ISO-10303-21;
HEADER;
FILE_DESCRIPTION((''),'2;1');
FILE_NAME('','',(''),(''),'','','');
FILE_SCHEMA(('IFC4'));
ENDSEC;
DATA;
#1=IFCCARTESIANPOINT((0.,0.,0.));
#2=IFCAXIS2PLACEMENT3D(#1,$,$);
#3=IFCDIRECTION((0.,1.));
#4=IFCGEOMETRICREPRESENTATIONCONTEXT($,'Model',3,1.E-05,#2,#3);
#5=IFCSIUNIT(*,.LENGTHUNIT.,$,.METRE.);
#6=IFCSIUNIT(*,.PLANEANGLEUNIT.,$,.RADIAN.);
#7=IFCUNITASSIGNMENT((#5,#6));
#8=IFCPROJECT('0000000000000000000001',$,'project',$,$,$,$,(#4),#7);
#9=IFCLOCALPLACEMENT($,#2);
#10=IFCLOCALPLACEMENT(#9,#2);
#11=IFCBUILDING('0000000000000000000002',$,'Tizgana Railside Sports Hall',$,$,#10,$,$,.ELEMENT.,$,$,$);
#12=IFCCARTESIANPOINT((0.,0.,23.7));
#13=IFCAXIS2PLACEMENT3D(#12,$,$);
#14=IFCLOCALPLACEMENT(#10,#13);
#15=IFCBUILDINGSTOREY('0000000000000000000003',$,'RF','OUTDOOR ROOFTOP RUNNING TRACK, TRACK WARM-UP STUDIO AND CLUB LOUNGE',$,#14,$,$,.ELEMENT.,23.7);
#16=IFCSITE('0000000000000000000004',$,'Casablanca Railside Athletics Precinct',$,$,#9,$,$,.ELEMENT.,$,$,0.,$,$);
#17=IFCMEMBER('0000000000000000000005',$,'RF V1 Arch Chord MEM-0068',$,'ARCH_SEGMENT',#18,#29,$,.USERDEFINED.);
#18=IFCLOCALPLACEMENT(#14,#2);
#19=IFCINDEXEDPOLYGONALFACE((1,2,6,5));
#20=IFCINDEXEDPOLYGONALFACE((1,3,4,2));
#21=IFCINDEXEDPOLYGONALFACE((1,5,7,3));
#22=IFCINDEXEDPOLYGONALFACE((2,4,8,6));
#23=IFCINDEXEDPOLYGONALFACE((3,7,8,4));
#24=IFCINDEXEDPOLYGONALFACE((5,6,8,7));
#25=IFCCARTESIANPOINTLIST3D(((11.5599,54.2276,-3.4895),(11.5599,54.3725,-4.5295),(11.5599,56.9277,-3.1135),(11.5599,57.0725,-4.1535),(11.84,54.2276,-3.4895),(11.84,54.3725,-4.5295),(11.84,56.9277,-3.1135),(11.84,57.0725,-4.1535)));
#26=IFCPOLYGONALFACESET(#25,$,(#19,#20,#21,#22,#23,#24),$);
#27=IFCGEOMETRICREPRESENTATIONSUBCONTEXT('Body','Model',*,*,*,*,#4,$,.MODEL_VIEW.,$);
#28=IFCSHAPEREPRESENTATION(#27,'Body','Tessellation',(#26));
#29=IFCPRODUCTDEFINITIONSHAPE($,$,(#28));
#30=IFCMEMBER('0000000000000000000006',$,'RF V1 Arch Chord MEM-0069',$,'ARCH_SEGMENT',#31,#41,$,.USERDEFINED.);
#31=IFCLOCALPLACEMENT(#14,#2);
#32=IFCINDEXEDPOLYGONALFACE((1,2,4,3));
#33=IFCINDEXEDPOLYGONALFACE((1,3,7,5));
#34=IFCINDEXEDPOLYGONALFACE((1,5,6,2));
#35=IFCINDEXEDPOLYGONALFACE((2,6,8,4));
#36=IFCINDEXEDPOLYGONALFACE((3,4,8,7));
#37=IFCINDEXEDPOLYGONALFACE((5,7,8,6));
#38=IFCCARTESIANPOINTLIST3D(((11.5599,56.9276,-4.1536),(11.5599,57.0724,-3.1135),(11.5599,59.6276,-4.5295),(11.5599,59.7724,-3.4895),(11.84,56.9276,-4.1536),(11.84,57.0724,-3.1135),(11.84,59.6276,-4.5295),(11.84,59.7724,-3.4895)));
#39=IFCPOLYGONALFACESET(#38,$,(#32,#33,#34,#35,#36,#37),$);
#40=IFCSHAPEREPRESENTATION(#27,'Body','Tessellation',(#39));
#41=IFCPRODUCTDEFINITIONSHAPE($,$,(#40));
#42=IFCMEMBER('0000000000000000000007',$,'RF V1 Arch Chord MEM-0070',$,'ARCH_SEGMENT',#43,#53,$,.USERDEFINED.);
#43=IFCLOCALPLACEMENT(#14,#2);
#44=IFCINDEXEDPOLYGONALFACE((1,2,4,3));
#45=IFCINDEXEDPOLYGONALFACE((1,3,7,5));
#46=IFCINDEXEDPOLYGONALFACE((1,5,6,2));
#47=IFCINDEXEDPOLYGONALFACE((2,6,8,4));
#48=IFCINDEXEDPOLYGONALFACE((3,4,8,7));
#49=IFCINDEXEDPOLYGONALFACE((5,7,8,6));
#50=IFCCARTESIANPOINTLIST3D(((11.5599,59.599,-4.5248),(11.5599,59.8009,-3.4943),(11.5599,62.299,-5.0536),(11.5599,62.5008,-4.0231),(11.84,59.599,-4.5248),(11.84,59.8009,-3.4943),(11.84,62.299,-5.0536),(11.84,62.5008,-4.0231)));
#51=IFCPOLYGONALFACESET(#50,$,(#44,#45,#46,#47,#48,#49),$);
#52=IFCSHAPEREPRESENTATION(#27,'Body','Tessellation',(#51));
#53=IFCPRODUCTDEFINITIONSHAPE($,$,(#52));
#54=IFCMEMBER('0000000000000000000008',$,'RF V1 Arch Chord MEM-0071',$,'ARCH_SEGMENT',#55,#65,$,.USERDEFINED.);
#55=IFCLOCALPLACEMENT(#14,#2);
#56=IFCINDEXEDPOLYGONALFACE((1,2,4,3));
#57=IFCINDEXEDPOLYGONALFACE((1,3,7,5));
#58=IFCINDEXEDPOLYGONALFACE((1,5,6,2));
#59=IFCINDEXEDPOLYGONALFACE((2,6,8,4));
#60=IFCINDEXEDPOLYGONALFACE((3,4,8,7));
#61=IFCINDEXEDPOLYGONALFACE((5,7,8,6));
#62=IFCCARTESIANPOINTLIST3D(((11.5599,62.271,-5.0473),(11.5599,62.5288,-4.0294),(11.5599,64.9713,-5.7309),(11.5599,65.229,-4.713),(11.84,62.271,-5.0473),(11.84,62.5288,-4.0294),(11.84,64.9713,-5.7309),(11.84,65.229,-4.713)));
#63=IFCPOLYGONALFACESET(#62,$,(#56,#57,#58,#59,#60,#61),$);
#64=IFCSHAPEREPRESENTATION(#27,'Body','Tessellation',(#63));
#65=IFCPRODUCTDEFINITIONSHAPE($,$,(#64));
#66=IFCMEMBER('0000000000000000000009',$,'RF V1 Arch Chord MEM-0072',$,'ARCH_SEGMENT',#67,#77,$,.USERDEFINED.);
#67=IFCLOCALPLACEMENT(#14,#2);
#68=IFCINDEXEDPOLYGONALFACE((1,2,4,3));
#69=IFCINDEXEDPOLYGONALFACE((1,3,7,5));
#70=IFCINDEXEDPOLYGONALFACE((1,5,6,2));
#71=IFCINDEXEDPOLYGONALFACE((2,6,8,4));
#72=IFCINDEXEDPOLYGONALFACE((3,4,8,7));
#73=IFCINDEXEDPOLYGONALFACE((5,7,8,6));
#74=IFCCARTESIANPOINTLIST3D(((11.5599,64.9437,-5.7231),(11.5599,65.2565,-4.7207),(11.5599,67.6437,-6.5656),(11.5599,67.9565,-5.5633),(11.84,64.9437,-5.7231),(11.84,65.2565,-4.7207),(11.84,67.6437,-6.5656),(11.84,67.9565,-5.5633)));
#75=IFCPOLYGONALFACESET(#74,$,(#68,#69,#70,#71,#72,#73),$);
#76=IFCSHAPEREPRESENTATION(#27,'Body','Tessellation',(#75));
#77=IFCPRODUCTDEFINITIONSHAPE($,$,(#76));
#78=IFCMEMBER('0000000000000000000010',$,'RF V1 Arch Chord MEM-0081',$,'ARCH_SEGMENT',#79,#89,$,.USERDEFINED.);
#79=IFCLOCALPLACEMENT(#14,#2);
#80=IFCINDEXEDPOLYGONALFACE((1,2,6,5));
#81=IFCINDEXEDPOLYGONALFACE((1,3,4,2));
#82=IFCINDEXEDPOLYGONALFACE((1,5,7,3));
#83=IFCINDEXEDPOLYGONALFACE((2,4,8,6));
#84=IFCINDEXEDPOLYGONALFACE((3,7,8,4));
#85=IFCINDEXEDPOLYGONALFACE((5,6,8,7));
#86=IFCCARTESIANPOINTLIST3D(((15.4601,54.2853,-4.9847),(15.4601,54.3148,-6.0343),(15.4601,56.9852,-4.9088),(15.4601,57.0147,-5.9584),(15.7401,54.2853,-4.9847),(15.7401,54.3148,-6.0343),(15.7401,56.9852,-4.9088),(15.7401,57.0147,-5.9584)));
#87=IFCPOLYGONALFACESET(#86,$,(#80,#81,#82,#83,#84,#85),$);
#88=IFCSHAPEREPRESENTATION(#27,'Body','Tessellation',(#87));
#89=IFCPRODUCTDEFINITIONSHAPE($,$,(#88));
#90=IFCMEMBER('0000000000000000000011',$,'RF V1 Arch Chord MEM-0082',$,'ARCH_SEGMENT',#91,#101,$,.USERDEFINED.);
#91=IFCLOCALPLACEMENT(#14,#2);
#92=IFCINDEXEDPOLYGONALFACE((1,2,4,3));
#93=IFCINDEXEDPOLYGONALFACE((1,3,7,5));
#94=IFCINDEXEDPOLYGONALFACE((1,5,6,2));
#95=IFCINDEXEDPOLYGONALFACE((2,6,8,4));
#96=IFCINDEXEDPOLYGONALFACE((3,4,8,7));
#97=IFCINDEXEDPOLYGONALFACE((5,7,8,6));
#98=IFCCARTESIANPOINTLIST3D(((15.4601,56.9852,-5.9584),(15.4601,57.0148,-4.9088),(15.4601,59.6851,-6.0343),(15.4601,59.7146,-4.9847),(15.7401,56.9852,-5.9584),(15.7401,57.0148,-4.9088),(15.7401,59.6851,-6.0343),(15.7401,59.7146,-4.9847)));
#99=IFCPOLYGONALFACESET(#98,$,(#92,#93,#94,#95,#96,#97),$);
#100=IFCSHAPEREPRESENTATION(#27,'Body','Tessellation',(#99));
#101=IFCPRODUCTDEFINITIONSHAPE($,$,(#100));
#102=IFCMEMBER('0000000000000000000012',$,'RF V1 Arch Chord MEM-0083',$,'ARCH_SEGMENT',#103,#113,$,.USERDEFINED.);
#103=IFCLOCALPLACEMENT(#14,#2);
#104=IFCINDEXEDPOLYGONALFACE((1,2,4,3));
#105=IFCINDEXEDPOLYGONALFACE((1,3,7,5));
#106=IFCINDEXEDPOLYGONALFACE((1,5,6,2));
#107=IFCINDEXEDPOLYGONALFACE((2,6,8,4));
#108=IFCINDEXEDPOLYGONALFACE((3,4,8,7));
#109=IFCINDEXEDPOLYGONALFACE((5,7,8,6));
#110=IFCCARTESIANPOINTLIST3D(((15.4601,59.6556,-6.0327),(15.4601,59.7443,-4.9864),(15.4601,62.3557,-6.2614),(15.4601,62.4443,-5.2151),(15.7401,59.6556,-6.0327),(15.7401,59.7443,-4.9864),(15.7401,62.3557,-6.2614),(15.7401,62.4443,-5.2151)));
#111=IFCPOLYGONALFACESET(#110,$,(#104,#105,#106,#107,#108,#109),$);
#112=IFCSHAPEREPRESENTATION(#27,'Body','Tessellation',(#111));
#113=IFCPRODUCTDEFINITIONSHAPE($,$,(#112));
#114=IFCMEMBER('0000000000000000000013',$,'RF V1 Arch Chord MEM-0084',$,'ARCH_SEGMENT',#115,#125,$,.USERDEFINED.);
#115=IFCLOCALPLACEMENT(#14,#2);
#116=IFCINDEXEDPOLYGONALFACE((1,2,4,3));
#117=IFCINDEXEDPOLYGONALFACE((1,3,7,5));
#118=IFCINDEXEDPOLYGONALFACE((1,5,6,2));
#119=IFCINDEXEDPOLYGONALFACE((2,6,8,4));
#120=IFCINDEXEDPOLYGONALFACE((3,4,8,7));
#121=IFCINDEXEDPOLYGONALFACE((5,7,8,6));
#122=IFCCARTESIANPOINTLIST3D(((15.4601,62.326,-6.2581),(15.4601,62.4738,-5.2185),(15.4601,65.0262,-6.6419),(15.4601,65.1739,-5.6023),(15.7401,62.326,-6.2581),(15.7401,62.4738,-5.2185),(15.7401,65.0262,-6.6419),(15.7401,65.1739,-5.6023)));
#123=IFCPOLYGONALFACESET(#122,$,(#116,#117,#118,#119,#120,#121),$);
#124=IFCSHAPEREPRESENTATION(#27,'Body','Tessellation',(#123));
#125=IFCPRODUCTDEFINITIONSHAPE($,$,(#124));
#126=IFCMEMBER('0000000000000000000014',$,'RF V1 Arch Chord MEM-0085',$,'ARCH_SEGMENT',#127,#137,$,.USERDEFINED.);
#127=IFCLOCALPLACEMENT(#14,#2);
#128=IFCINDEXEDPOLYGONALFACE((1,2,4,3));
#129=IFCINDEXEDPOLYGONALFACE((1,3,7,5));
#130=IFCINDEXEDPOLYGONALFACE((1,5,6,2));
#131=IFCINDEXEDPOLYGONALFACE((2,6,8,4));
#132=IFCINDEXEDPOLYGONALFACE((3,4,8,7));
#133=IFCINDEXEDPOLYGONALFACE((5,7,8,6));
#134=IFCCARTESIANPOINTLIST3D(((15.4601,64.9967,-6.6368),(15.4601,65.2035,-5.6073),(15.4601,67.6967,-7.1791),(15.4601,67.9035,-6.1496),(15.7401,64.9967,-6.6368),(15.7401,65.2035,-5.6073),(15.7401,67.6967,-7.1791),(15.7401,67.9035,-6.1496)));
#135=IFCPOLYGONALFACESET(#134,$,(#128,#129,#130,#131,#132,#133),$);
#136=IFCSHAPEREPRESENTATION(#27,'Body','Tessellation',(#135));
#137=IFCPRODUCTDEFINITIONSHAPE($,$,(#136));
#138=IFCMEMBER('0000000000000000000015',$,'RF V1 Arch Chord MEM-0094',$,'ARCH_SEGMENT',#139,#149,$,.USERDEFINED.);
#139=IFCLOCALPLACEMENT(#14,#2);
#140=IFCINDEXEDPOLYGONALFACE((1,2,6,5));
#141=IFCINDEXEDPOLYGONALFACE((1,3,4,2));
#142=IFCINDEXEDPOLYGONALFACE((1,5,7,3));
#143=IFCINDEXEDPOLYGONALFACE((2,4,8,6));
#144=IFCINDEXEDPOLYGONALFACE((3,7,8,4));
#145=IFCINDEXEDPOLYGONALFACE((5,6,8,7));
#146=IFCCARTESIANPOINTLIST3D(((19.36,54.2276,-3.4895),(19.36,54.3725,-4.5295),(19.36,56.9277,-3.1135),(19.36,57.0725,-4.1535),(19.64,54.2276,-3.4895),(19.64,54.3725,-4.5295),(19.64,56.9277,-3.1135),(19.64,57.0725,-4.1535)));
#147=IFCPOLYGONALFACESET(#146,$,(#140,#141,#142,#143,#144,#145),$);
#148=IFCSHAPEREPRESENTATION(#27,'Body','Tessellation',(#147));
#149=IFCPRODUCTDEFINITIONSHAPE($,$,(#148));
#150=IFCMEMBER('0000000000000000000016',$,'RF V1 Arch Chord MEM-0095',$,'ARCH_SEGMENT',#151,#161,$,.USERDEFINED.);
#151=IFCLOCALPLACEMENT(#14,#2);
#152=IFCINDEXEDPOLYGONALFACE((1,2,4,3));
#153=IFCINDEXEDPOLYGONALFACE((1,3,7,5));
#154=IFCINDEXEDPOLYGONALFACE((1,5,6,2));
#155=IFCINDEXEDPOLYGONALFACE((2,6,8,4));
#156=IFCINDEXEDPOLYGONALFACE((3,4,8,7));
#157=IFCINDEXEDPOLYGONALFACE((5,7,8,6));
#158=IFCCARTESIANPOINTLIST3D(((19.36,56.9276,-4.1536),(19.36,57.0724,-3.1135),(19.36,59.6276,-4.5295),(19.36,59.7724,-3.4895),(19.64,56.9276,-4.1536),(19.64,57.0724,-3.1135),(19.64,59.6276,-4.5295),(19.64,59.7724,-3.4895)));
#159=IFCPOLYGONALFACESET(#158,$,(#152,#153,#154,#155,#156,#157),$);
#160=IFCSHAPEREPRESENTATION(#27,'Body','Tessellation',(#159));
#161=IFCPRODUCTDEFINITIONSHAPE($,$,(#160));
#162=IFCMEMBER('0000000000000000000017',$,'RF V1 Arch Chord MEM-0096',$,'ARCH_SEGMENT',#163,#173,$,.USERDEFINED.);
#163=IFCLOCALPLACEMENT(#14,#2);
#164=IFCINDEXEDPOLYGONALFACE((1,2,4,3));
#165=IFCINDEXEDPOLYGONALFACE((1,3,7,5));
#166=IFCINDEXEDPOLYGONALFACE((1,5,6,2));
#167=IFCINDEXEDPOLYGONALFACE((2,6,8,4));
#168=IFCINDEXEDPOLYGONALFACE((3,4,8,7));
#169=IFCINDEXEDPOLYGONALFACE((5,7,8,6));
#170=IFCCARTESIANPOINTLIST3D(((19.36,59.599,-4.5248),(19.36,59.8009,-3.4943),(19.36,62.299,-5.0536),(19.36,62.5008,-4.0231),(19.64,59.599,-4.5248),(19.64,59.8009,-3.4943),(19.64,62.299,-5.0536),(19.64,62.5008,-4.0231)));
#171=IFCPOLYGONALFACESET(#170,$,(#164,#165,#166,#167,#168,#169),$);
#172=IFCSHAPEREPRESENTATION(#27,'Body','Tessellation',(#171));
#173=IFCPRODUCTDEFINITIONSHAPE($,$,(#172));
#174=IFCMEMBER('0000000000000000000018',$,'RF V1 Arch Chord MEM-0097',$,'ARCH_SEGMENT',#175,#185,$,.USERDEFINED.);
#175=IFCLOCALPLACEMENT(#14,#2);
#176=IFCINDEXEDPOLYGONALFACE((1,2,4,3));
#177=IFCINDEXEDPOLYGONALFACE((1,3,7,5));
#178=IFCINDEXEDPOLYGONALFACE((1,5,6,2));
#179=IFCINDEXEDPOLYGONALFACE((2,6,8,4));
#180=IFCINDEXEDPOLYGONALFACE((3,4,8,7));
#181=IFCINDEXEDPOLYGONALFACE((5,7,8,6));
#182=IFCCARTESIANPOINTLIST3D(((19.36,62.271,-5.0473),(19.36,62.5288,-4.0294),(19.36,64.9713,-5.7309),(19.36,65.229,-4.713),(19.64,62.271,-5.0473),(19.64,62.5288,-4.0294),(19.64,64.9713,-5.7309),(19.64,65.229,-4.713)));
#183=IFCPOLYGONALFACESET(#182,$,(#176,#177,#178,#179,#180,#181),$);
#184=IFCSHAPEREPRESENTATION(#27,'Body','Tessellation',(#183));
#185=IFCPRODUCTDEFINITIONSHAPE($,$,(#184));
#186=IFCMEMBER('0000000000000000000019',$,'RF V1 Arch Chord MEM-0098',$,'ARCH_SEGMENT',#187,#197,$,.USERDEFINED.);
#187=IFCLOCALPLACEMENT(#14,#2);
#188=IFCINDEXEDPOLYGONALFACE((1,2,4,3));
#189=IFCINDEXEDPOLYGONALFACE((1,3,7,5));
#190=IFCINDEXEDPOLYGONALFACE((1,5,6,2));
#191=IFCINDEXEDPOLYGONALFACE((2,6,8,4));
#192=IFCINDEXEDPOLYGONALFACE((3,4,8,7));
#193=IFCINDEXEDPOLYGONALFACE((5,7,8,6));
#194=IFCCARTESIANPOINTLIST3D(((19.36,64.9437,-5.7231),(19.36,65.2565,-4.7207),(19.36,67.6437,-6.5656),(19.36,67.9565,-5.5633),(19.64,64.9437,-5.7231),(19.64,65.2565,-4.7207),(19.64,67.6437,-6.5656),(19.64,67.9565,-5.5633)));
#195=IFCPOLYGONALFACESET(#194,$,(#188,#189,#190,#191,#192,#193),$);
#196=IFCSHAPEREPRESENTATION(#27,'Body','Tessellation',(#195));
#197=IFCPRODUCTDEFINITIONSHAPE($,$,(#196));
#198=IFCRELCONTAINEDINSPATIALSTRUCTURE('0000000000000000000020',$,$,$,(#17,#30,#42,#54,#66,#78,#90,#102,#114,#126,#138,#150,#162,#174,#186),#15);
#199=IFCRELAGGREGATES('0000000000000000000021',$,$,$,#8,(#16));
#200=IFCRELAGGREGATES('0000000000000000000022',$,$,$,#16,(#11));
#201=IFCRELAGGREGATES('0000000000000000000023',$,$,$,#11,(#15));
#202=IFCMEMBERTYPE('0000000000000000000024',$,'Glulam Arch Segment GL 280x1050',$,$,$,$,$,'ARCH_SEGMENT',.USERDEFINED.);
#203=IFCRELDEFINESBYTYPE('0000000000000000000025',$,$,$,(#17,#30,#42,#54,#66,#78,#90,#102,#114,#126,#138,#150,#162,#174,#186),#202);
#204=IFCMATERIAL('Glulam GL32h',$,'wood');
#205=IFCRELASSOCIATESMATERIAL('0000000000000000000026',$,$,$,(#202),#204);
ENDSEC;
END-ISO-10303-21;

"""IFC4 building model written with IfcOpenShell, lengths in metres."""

from ifc_helpers import new_model, si_unit, direction, frame, origin, origin_2d, place, context, subcontext, project, spatial, rectangle, extrude, material, material_profile, profile_set, type_object, element, save


model = new_model("IFC4")

# Units and contexts
model_context = context("Model", 3, precision=1e-05, world=origin(), true_north=direction((0.0, 1.0)))
body_context = subcontext(model_context, "Body", "Model", "MODEL_VIEW")
ifc_project = project(units=[si_unit("LENGTHUNIT", "METRE"), si_unit("PLANEANGLEUNIT", "RADIAN")], contexts=[model_context])

# Site, building, storey
site_placement = place(None, origin())
site = spatial("IfcSite", under=ifc_project, at=site_placement, Name="Casablanca Railside Athletics Precinct", CompositionType="ELEMENT", RefElevation=0.0)
building_placement = place(site_placement, origin())
building = spatial("IfcBuilding", under=site, at=building_placement, Name="Tizgana Railside Sports Hall", CompositionType="ELEMENT")
storey_placement = place(building_placement, frame((0.0, 0.0, 23.7)))
storey = spatial("IfcBuildingStorey", under=building, at=storey_placement, Name="RF", Description="OUTDOOR ROOFTOP RUNNING TRACK, TRACK WARM-UP STUDIO AND CLUB LOUNGE", CompositionType="ELEMENT", Elevation=23.7)

# Members
ifc_material_1 = material(Name="Glulam GL32h", Category="wood")
ifc_material_profile_1 = material_profile(ifc_material_1, rectangle(XDim=0.28, YDim=1.05, at=origin_2d()), Name="GL 280x1050")
ifc_profile_set_1 = profile_set([ifc_material_profile_1], Name="Glulam GL32h")
member_type_1 = type_object("IfcMemberType", Name="Glulam Arch Segment GL 280x1050", ElementType="ARCH_SEGMENT", PredefinedType="USERDEFINED", material=ifc_profile_set_1)
for number, where, z_axis, x_axis, name in (
    (1, (11.7, 54.3, -4.0095), (0.0, 0.990443, 0.137922), (-1.0, 0.0, 0.0), "RF V1 Arch Chord MEM-0068"),
    (2, (11.7, 57.0, -3.6335), (0.0, 0.990443, -0.137922), (-1.0, 0.0, 0.0), "RF V1 Arch Chord MEM-0069"),
):
    element("IfcMember", number, at=place(storey_placement, frame(where, z_axis=z_axis, x_axis=x_axis)), inside=storey, type_object=member_type_1, Name=name, ObjectType="ARCH_SEGMENT", PredefinedType="USERDEFINED", context=body_context, shape_type="SweptSolid", body=[
        extrude(rectangle(XDim=0.28, YDim=1.05, at=origin_2d()), origin(), (0.0, 0.0, 1.0), 2.7261),
    ])
member_1_placement = place(storey_placement, frame((11.7, 59.7, -4.0095), z_axis=(0.0, 0.981354, -0.192207), x_axis=(-1.0, 0.0, 0.0)))
element("IfcMember", 3, at=member_1_placement, inside=storey, type_object=member_type_1, Name="RF V1 Arch Chord MEM-0070", ObjectType="ARCH_SEGMENT", PredefinedType="USERDEFINED", context=body_context, shape_type="SweptSolid", body=[
    extrude(rectangle(XDim=0.28, YDim=1.05, at=origin_2d()), origin(), (0.0, 0.0, 1.0), 2.7512),
])
member_2_placement = place(storey_placement, frame((11.7, 62.3999, -4.5383), z_axis=(0.0, 0.969416, -0.245422), x_axis=(-1.0, 0.0, 0.0)))
element("IfcMember", 4, at=member_2_placement, inside=storey, type_object=member_type_1, Name="RF V1 Arch Chord MEM-0071", ObjectType="ARCH_SEGMENT", PredefinedType="USERDEFINED", context=body_context, shape_type="SweptSolid", body=[
    extrude(rectangle(XDim=0.28, YDim=1.05, at=origin_2d()), origin(), (0.0, 0.0, 1.0), 2.7854),
])
member_3_placement = place(storey_placement, frame((11.7, 65.1001, -5.2219), z_axis=(0.0, 0.954601, -0.297887), x_axis=(-1.0, 0.0, 0.0)))
element("IfcMember", 5, at=member_3_placement, inside=storey, type_object=member_type_1, Name="RF V1 Arch Chord MEM-0072", ObjectType="ARCH_SEGMENT", PredefinedType="USERDEFINED", context=body_context, shape_type="SweptSolid", body=[
    extrude(rectangle(XDim=0.28, YDim=1.05, at=origin_2d()), origin(), (0.0, 0.0, 1.0), 2.8284),
])
for number, where, z_axis, x_axis, name in (
    (6, (15.6001, 54.3, -5.5095), (0.0, 0.999605, 0.028111), (-1.0, 0.0, 0.0), "RF V1 Arch Chord MEM-0081"),
    (7, (15.6001, 57.0, -5.4336), (0.0, 0.999605, -0.028111), (-1.0, 0.0, 0.0), "RF V1 Arch Chord MEM-0082"),
):
    element("IfcMember", number, at=place(storey_placement, frame(where, z_axis=z_axis, x_axis=x_axis)), inside=storey, type_object=member_type_1, Name=name, ObjectType="ARCH_SEGMENT", PredefinedType="USERDEFINED", context=body_context, shape_type="SweptSolid", body=[
        extrude(rectangle(XDim=0.28, YDim=1.05, at=origin_2d()), origin(), (0.0, 0.0, 1.0), 2.7009),
    ])
member_4_placement = place(storey_placement, frame((15.6001, 59.7, -5.5095), z_axis=(0.0, 0.99643, -0.084425), x_axis=(-1.0, 0.0, 0.0)))
element("IfcMember", 8, at=member_4_placement, inside=storey, type_object=member_type_1, Name="RF V1 Arch Chord MEM-0083", ObjectType="ARCH_SEGMENT", PredefinedType="USERDEFINED", context=body_context, shape_type="SweptSolid", body=[
    extrude(rectangle(XDim=0.28, YDim=1.05, at=origin_2d()), origin(), (0.0, 0.0, 1.0), 2.7097),
])
member_5_placement = place(storey_placement, frame((15.6001, 62.3999, -5.7383), z_axis=(0.0, 0.99005, -0.14072), x_axis=(-1.0, 0.0, 0.0)))
element("IfcMember", 9, at=member_5_placement, inside=storey, type_object=member_type_1, Name="RF V1 Arch Chord MEM-0084", ObjectType="ARCH_SEGMENT", PredefinedType="USERDEFINED", context=body_context, shape_type="SweptSolid", body=[
    extrude(rectangle(XDim=0.28, YDim=1.05, at=origin_2d()), origin(), (0.0, 0.0, 1.0), 2.7273),
])
member_6_placement = place(storey_placement, frame((15.6001, 65.1001, -6.1221), z_axis=(0.0, 0.980424, -0.1969), x_axis=(-1.0, 0.0, 0.0)))
element("IfcMember", 10, at=member_6_placement, inside=storey, type_object=member_type_1, Name="RF V1 Arch Chord MEM-0085", ObjectType="ARCH_SEGMENT", PredefinedType="USERDEFINED", context=body_context, shape_type="SweptSolid", body=[
    extrude(rectangle(XDim=0.28, YDim=1.05, at=origin_2d()), origin(), (0.0, 0.0, 1.0), 2.7539),
])
for number, where, z_axis, x_axis, name in (
    (11, (19.5, 54.3, -4.0095), (0.0, 0.990443, 0.137922), (-1.0, 0.0, 0.0), "RF V1 Arch Chord MEM-0094"),
    (12, (19.5, 57.0, -3.6335), (0.0, 0.990443, -0.137922), (-1.0, 0.0, 0.0), "RF V1 Arch Chord MEM-0095"),
):
    element("IfcMember", number, at=place(storey_placement, frame(where, z_axis=z_axis, x_axis=x_axis)), inside=storey, type_object=member_type_1, Name=name, ObjectType="ARCH_SEGMENT", PredefinedType="USERDEFINED", context=body_context, shape_type="SweptSolid", body=[
        extrude(rectangle(XDim=0.28, YDim=1.05, at=origin_2d()), origin(), (0.0, 0.0, 1.0), 2.7261),
    ])
member_7_placement = place(storey_placement, frame((19.5, 59.7, -4.0095), z_axis=(0.0, 0.981354, -0.192207), x_axis=(-1.0, 0.0, 0.0)))
element("IfcMember", 13, at=member_7_placement, inside=storey, type_object=member_type_1, Name="RF V1 Arch Chord MEM-0096", ObjectType="ARCH_SEGMENT", PredefinedType="USERDEFINED", context=body_context, shape_type="SweptSolid", body=[
    extrude(rectangle(XDim=0.28, YDim=1.05, at=origin_2d()), origin(), (0.0, 0.0, 1.0), 2.7512),
])
member_8_placement = place(storey_placement, frame((19.5, 62.3999, -4.5383), z_axis=(0.0, 0.969416, -0.245422), x_axis=(-1.0, 0.0, 0.0)))
element("IfcMember", 14, at=member_8_placement, inside=storey, type_object=member_type_1, Name="RF V1 Arch Chord MEM-0097", ObjectType="ARCH_SEGMENT", PredefinedType="USERDEFINED", context=body_context, shape_type="SweptSolid", body=[
    extrude(rectangle(XDim=0.28, YDim=1.05, at=origin_2d()), origin(), (0.0, 0.0, 1.0), 2.7854),
])
member_9_placement = place(storey_placement, frame((19.5, 65.1001, -5.2219), z_axis=(0.0, 0.954601, -0.297887), x_axis=(-1.0, 0.0, 0.0)))
element("IfcMember", 15, at=member_9_placement, inside=storey, type_object=member_type_1, Name="RF V1 Arch Chord MEM-0098", ObjectType="ARCH_SEGMENT", PredefinedType="USERDEFINED", context=body_context, shape_type="SweptSolid", body=[
    extrude(rectangle(XDim=0.28, YDim=1.05, at=origin_2d()), origin(), (0.0, 0.0, 1.0), 2.8284),
])

save(model, "model.ifc")
